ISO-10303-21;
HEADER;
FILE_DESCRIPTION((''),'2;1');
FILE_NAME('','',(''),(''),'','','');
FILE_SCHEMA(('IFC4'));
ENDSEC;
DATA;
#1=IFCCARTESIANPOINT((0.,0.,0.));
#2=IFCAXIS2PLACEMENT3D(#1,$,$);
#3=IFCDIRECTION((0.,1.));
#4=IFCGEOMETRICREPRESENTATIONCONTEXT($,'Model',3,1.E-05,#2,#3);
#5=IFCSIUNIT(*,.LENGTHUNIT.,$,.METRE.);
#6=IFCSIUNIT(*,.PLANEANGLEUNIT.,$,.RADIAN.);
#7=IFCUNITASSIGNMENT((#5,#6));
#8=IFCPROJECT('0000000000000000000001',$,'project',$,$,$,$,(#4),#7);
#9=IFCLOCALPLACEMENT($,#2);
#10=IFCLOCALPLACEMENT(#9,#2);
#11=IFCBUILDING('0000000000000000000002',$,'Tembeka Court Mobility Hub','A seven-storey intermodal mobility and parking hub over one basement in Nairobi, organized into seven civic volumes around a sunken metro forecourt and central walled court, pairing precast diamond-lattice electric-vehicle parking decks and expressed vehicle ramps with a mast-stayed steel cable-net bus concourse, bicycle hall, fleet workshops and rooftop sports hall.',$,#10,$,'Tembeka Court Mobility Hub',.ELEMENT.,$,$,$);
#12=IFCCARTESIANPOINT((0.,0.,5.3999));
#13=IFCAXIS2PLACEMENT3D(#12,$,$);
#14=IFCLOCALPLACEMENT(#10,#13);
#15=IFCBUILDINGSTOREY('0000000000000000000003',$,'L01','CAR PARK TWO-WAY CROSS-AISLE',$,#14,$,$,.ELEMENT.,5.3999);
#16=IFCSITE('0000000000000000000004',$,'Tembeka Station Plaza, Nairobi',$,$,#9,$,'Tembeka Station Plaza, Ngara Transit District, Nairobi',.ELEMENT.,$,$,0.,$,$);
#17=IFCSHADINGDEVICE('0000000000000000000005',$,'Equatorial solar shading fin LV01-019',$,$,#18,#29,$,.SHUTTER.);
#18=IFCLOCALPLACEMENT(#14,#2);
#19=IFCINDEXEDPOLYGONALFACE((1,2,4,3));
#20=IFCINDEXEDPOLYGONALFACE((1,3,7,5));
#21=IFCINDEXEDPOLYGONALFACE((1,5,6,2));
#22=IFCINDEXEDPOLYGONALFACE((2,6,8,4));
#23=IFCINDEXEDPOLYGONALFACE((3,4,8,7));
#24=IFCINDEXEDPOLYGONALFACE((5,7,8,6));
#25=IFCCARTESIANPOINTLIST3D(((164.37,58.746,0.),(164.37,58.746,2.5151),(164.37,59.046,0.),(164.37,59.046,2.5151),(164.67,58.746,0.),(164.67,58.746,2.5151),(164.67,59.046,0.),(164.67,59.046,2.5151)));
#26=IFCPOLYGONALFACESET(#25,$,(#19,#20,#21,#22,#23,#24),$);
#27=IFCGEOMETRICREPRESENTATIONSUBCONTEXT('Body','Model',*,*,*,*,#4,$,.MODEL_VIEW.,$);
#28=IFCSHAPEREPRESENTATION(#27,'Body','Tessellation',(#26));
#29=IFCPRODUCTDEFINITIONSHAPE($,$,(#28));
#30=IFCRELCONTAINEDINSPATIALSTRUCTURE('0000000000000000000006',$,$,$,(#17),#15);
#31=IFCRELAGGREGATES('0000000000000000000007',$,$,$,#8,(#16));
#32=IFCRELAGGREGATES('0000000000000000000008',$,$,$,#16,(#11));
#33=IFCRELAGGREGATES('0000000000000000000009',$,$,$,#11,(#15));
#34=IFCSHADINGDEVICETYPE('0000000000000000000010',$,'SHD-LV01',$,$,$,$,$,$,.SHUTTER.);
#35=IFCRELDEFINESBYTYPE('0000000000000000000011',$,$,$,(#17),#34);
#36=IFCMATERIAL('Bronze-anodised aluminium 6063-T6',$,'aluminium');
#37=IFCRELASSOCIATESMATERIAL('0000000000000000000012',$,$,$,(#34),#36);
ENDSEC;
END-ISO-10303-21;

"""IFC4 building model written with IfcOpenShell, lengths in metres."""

from ifc_helpers import new_model, si_unit, direction, frame, origin, origin_2d, place, context, subcontext, project, spatial, rectangle, extrude, material, material_profile, profile_set, type_object, element, save


model = new_model("IFC4")

# Units and contexts
model_context = context("Model", 3, precision=1e-05, world=origin(), true_north=direction((0.0, 1.0)))
body_context = subcontext(model_context, "Body", "Model", "MODEL_VIEW")
ifc_project = project(units=[si_unit("LENGTHUNIT", "METRE"), si_unit("PLANEANGLEUNIT", "RADIAN")], contexts=[model_context])

# Site, building, storey
site_placement = place(None, origin())
site = spatial("IfcSite", under=ifc_project, at=site_placement, Name="Tembeka Station Plaza, Nairobi", LongName="Tembeka Station Plaza, Ngara Transit District, Nairobi", CompositionType="ELEMENT", RefElevation=0.0)
building_placement = place(site_placement, origin())
building = spatial("IfcBuilding", under=site, at=building_placement, Name="Tembeka Court Mobility Hub", Description="A seven-storey intermodal mobility and parking hub over one basement in Nairobi, organized into seven civic volumes around a sunken metro forecourt and central walled court, pairing precast diamond-lattice electric-vehicle parking decks and expressed vehicle ramps with a mast-stayed steel cable-net bus concourse, bicycle hall, fleet workshops and rooftop sports hall.", LongName="Tembeka Court Mobility Hub", CompositionType="ELEMENT")
storey_placement = place(building_placement, frame((0.0, 0.0, 5.3999)))
storey = spatial("IfcBuildingStorey", under=building, at=storey_placement, Name="L01", Description="CAR PARK TWO-WAY CROSS-AISLE", CompositionType="ELEMENT", Elevation=5.3999)

# Shading device
ifc_material_1 = material(Name="Bronze-anodised aluminium 6063-T6", Category="aluminium")
ifc_material_profile_1 = material_profile(ifc_material_1, rectangle(XDim=0.3, YDim=0.3, at=origin_2d()), Name="ALU-LVR 300x300")
ifc_profile_set_1 = profile_set([ifc_material_profile_1], Name="Bronze-anodised aluminium 6063-T6")
shading_device_type_1 = type_object("IfcShadingDeviceType", Name="SHD-LV01", PredefinedType="SHUTTER", material=ifc_profile_set_1)
shading_device_1_placement = place(storey_placement, frame((164.52, 58.896, 0.0), z_axis=(0.0, 0.0, 1.0), x_axis=(1.0, 0.0, 0.0)))
element("IfcShadingDevice", 1, at=shading_device_1_placement, inside=storey, type_object=shading_device_type_1, Name="Equatorial solar shading fin LV01-019", PredefinedType="SHUTTER", context=body_context, shape_type="SweptSolid", body=[
    extrude(rectangle(XDim=0.3, YDim=0.3, at=origin_2d()), origin(), (0.0, 0.0, 1.0), 2.5151),
])

save(model, "model.ifc")
